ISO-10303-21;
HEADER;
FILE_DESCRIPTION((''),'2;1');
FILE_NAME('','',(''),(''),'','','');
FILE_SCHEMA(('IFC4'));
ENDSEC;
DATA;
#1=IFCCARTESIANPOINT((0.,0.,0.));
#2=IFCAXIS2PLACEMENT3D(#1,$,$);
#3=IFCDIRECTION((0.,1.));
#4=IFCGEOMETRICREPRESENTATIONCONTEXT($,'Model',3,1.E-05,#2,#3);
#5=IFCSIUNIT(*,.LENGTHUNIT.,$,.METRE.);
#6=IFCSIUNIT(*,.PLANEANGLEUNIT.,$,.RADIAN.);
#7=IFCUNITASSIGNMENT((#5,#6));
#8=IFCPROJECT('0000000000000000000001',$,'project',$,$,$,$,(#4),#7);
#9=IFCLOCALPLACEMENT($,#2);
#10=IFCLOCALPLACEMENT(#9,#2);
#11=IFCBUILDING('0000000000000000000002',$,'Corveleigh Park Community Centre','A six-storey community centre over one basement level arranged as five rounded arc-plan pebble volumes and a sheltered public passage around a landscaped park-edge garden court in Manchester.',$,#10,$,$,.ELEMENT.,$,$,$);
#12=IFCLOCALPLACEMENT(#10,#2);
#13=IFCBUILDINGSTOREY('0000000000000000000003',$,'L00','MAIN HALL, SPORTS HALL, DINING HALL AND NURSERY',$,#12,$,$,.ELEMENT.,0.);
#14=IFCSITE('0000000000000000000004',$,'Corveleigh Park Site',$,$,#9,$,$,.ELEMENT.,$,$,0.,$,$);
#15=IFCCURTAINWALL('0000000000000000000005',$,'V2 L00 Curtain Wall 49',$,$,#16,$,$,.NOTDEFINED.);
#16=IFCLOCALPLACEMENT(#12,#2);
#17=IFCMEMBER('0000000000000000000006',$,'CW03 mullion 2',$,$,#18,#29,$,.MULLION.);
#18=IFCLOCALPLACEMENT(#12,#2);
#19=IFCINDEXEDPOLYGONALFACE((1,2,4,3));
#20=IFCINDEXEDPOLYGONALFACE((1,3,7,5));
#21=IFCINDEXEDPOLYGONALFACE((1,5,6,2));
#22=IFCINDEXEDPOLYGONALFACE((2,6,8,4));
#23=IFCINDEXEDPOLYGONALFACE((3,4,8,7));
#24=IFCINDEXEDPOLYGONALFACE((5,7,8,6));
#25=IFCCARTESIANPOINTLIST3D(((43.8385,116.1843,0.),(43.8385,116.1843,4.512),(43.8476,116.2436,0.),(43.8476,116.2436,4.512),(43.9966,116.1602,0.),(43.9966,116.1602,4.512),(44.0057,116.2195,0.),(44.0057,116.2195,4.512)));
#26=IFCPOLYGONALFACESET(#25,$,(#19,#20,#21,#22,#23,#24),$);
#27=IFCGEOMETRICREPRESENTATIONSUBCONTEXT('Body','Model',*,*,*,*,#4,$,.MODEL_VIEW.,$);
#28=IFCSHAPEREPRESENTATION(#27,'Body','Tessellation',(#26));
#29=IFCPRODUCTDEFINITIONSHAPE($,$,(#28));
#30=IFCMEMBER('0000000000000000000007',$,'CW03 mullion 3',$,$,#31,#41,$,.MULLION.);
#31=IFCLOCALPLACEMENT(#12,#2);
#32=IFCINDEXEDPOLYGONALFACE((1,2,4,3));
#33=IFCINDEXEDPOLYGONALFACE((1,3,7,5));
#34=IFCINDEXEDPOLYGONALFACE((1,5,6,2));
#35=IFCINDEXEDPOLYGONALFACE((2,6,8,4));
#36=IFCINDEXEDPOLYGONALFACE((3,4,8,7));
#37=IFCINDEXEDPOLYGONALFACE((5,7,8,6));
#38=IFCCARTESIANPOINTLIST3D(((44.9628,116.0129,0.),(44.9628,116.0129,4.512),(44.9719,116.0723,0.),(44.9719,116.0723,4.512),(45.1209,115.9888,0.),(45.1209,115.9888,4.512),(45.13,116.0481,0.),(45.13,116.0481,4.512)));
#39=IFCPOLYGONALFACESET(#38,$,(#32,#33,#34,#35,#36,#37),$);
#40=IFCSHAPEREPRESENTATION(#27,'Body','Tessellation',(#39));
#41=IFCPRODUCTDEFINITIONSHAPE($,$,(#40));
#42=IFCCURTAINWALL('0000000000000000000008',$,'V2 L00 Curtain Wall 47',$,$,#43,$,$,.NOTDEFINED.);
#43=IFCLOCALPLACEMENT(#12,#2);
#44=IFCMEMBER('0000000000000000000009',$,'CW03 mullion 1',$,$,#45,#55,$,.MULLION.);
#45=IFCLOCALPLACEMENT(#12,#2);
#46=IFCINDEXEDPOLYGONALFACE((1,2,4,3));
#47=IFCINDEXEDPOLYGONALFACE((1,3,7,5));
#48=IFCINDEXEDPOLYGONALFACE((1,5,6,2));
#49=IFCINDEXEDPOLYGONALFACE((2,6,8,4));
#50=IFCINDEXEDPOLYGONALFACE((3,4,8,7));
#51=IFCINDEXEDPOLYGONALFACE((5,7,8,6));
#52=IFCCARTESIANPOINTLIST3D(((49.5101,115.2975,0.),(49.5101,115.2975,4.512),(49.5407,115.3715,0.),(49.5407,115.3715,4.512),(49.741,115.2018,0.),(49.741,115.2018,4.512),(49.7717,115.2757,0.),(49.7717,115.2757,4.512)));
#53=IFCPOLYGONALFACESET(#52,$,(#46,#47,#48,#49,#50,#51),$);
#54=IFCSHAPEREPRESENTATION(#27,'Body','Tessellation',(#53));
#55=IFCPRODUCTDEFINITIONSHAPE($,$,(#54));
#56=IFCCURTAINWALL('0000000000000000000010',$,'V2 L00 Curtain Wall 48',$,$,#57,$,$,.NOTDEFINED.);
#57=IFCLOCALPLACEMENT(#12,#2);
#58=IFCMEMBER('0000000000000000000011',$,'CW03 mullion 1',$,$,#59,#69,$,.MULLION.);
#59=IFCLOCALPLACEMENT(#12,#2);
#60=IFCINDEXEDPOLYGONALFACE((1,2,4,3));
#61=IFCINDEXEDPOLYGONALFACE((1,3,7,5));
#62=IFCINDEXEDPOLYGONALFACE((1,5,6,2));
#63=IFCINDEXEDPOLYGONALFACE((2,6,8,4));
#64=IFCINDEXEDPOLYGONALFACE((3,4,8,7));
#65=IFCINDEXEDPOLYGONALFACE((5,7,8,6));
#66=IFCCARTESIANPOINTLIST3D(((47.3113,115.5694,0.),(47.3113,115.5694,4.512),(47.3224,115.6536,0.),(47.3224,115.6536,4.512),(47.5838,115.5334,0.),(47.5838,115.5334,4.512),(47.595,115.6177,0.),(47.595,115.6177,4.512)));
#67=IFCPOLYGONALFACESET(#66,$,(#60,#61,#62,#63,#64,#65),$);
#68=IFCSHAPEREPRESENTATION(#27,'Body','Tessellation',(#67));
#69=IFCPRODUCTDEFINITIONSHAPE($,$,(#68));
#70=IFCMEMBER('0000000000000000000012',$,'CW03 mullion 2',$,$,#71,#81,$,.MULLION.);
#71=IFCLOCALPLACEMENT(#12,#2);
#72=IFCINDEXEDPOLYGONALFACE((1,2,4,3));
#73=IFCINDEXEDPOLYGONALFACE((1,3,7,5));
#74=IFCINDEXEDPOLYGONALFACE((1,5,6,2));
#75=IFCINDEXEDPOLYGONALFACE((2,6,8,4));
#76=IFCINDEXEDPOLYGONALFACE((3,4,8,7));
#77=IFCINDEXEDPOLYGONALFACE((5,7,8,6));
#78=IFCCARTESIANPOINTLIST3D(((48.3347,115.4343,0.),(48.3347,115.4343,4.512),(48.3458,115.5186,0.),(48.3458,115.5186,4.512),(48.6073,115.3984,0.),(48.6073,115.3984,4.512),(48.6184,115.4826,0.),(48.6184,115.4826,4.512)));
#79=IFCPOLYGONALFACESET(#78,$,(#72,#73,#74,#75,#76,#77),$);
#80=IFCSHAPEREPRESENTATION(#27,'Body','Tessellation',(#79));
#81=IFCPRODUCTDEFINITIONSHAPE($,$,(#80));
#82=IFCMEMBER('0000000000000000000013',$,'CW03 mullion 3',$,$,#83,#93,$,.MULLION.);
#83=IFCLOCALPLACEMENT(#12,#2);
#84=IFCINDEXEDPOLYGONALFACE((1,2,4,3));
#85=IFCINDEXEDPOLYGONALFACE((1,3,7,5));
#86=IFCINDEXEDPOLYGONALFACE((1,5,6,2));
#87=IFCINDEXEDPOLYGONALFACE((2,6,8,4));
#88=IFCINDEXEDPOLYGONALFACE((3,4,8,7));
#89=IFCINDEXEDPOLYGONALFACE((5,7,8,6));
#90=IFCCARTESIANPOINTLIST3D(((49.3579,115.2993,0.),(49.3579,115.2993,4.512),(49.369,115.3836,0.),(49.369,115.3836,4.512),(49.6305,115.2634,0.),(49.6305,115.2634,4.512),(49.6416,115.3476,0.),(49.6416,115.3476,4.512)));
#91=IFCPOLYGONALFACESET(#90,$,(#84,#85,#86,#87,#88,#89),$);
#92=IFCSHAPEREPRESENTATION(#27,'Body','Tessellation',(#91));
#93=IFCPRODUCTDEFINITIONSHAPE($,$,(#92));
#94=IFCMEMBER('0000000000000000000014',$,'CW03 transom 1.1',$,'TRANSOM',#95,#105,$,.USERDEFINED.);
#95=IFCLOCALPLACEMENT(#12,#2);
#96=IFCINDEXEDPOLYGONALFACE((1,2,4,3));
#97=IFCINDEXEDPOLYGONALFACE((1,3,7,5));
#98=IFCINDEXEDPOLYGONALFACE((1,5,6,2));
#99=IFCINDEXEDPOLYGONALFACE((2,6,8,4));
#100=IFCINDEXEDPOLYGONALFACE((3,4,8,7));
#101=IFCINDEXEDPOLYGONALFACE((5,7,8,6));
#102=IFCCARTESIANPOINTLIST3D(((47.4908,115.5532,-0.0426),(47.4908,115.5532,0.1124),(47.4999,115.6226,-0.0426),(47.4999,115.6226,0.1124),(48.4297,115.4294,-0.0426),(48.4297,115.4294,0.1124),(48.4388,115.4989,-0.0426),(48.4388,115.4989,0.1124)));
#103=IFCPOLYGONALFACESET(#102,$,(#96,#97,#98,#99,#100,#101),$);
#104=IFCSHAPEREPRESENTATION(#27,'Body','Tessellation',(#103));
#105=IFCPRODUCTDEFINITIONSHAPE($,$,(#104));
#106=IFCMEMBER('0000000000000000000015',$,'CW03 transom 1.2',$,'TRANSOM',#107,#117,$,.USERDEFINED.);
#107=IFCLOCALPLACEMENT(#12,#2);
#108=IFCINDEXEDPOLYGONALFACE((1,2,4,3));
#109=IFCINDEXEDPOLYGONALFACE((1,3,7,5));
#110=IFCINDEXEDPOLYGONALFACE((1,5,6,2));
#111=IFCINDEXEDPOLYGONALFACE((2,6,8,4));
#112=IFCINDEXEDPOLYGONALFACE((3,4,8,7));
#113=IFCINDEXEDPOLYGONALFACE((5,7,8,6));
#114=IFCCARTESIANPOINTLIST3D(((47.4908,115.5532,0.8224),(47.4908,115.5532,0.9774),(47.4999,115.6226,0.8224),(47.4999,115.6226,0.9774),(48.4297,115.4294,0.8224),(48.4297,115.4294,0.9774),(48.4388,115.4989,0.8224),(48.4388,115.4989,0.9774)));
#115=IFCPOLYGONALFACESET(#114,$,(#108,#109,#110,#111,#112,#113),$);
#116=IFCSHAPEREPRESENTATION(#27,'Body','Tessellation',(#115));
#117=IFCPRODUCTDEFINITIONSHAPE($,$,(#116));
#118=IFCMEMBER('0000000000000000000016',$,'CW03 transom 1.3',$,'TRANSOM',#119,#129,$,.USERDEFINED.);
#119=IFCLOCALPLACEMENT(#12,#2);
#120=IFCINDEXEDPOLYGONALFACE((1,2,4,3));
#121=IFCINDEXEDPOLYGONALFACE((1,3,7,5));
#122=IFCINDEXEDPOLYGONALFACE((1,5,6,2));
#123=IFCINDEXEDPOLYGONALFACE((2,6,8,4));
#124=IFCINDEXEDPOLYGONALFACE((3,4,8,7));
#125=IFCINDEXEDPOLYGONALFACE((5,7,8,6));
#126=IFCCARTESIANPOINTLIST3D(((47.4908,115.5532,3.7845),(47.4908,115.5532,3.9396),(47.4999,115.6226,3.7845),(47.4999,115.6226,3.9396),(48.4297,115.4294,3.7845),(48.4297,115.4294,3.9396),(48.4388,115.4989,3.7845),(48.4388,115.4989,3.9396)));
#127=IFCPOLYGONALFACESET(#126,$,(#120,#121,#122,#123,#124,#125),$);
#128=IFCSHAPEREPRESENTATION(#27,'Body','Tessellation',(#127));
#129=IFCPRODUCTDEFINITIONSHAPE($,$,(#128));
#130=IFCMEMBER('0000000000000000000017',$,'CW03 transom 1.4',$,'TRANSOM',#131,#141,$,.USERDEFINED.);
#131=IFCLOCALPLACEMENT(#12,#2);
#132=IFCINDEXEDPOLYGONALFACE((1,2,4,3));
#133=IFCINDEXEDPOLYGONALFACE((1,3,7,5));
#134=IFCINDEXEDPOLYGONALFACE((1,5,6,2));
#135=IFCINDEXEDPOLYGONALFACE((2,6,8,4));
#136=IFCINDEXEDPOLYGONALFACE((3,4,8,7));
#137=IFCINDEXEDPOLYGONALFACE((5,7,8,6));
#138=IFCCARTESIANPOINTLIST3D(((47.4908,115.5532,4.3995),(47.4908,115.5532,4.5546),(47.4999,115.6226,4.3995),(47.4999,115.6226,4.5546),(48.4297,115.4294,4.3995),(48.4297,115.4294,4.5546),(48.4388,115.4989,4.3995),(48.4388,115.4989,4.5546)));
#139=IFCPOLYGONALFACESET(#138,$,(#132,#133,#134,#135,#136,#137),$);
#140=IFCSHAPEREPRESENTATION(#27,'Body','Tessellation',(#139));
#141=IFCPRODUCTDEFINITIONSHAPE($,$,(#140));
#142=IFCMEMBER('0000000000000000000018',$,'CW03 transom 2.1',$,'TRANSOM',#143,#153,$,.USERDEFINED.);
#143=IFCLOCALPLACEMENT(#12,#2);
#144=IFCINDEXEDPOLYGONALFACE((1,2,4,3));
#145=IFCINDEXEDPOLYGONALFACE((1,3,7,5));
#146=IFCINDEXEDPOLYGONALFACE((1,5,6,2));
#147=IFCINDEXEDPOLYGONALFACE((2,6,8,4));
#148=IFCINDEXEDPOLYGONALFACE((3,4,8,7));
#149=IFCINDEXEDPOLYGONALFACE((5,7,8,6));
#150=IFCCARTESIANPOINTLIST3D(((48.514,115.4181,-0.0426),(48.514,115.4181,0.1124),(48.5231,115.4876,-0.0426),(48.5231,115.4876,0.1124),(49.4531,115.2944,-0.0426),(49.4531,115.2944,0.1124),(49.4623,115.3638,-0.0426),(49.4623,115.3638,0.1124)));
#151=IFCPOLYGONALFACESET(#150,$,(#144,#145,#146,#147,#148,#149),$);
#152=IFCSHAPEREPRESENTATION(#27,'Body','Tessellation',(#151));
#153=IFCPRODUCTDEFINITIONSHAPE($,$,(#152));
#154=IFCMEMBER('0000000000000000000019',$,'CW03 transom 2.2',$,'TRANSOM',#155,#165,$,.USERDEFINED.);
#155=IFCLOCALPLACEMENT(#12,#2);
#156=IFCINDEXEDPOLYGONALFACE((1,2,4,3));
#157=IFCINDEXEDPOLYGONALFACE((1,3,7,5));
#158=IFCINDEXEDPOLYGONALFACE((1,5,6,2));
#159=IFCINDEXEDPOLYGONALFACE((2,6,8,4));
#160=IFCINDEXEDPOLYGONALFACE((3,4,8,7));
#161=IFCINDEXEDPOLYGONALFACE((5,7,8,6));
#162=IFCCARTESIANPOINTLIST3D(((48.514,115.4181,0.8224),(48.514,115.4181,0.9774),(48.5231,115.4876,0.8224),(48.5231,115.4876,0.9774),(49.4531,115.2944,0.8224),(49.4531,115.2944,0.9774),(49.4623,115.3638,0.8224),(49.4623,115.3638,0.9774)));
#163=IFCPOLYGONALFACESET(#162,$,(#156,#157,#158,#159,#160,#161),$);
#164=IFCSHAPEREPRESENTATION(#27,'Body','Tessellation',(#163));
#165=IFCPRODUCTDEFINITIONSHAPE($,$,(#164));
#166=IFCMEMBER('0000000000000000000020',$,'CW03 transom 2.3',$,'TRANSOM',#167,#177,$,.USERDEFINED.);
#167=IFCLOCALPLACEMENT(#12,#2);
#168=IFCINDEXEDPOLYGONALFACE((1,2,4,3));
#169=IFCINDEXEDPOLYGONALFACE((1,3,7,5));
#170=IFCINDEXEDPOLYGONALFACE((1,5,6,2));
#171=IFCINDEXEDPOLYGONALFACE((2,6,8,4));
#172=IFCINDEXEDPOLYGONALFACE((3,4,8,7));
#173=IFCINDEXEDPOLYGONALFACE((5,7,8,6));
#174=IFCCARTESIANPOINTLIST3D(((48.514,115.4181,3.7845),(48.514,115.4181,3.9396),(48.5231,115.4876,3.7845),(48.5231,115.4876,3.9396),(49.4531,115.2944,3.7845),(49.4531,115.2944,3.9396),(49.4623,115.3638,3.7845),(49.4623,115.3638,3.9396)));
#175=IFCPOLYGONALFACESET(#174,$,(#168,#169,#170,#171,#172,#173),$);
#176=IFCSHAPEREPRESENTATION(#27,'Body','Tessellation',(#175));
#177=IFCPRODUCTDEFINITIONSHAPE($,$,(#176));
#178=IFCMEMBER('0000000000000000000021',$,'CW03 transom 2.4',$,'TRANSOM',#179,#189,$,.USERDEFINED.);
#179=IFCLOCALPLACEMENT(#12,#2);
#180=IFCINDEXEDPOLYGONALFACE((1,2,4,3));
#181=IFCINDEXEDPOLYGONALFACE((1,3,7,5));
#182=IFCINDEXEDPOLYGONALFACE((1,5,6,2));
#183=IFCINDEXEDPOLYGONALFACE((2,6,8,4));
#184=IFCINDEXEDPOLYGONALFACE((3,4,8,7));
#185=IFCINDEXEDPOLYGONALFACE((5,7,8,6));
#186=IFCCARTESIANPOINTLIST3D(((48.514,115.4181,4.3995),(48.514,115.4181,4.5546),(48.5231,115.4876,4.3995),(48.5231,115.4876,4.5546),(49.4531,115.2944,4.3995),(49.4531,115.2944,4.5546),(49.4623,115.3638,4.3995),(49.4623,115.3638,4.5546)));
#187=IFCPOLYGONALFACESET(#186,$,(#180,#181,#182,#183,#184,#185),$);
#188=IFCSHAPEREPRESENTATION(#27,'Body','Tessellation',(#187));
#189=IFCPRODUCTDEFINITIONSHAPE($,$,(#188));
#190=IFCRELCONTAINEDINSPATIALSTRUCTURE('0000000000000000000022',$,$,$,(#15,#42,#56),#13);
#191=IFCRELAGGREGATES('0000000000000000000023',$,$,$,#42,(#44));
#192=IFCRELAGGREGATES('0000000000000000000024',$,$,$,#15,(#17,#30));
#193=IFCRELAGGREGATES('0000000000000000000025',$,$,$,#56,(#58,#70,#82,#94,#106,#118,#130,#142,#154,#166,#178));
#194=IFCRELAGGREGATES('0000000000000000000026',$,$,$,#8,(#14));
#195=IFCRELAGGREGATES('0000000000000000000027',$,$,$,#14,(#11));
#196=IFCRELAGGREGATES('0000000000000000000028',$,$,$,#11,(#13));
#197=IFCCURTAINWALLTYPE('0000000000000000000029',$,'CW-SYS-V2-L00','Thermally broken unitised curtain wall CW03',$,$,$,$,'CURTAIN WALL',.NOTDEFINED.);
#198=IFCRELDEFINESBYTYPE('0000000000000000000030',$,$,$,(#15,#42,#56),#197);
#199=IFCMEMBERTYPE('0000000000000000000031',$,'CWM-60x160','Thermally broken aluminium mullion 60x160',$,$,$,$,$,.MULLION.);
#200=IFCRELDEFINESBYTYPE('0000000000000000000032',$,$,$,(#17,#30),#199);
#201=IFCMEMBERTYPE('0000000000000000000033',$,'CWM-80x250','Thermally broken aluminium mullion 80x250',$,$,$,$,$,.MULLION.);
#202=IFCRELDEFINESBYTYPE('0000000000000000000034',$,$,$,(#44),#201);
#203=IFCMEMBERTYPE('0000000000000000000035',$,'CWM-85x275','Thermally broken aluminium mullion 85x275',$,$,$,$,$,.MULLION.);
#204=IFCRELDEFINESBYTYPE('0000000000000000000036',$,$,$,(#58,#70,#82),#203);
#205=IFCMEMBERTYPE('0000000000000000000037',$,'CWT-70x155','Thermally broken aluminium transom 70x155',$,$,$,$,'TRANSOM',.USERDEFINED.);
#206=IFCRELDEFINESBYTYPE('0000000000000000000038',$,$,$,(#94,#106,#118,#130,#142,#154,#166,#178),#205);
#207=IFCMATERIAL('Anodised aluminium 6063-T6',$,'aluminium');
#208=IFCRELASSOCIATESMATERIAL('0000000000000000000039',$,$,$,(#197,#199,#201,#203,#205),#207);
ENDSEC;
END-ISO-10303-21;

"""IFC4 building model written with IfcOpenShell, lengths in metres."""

from ifc_helpers import new_model, si_unit, direction, frame, origin, origin_2d, place, context, subcontext, project, spatial, rectangle, extrude, material, material_profile, profile_set, type_object, element, aggregate, save


model = new_model("IFC4")

# Units and contexts
model_context = context("Model", 3, precision=1e-05, world=origin(), true_north=direction((0.0, 1.0)))
body_context = subcontext(model_context, "Body", "Model", "MODEL_VIEW")
ifc_project = project(units=[si_unit("LENGTHUNIT", "METRE"), si_unit("PLANEANGLEUNIT", "RADIAN")], contexts=[model_context])

# Site, building, storey
site_placement = place(None, origin())
site = spatial("IfcSite", under=ifc_project, at=site_placement, Name="Corveleigh Park Site", CompositionType="ELEMENT", RefElevation=0.0)
building_placement = place(site_placement, origin())
building = spatial("IfcBuilding", under=site, at=building_placement, Name="Corveleigh Park Community Centre", Description="A six-storey community centre over one basement level arranged as five rounded arc-plan pebble volumes and a sheltered public passage around a landscaped park-edge garden court in Manchester.", CompositionType="ELEMENT")
storey_placement = place(building_placement, origin())
storey = spatial("IfcBuildingStorey", under=building, at=storey_placement, Name="L00", Description="MAIN HALL, SPORTS HALL, DINING HALL AND NURSERY", CompositionType="ELEMENT", Elevation=0.0)

# Curtain wall, members
ifc_material_1 = material(Name="Anodised aluminium 6063-T6", Category="aluminium")
curtain_wall_type = type_object("IfcCurtainWallType", Name="CW-SYS-V2-L00", Description="Thermally broken unitised curtain wall CW03", ElementType="CURTAIN WALL", PredefinedType="NOTDEFINED", material=ifc_material_1)
curtain_wall_1_placement = place(storey_placement, origin())
curtain_wall_1 = element("IfcCurtainWall", 1, at=curtain_wall_1_placement, inside=storey, type_object=curtain_wall_type, Name="V2 L00 Curtain Wall 49", PredefinedType="NOTDEFINED")
ifc_material_profile_1 = material_profile(ifc_material_1, rectangle(XDim=0.0601, YDim=0.1599, at=origin_2d()), Name="ALU-M60x160", Category="aluminium")
ifc_profile_set_1 = profile_set([ifc_material_profile_1], Name="Anodised aluminium 6063-T6")
member_type_1 = type_object("IfcMemberType", Name="CWM-60x160", Description="Thermally broken aluminium mullion 60x160", PredefinedType="MULLION", material=ifc_profile_set_1)
member_1_placement = place(storey_placement, frame((43.9221, 116.2019, 0.0), z_axis=(0.0, 0.0, 1.0), x_axis=(0.15077, 0.988569, 0.0)))
member_1 = element("IfcMember", 2, at=member_1_placement, type_object=member_type_1, Name="CW03 mullion 2", PredefinedType="MULLION", context=body_context, shape_type="SweptSolid", body=[
    extrude(rectangle(XDim=0.0601, YDim=0.1599, at=origin_2d()), origin(), (0.0, 0.0, 1.0), 4.512),
])
member_2_placement = place(storey_placement, frame((45.0464, 116.0305, 0.0), z_axis=(0.0, 0.0, 1.0), x_axis=(0.15077, 0.988569, 0.0)))
member_2 = element("IfcMember", 3, at=member_2_placement, type_object=member_type_1, Name="CW03 mullion 3", PredefinedType="MULLION", context=body_context, shape_type="SweptSolid", body=[
    extrude(rectangle(XDim=0.0601, YDim=0.1599, at=origin_2d()), origin(), (0.0, 0.0, 1.0), 4.512),
])

# Curtain wall, member
curtain_wall_2_placement = place(storey_placement, origin())
curtain_wall_2 = element("IfcCurtainWall", 4, at=curtain_wall_2_placement, inside=storey, type_object=curtain_wall_type, Name="V2 L00 Curtain Wall 47", PredefinedType="NOTDEFINED")
ifc_material_profile_2 = material_profile(ifc_material_1, rectangle(XDim=0.0801, YDim=0.25, at=origin_2d()), Name="ALU-M80x250", Category="aluminium")
ifc_profile_set_2 = profile_set([ifc_material_profile_2], Name="Anodised aluminium 6063-T6")
member_type_2 = type_object("IfcMemberType", Name="CWM-80x250", Description="Thermally broken aluminium mullion 80x250", PredefinedType="MULLION", material=ifc_profile_set_2)
member_3_placement = place(storey_placement, frame((49.6409, 115.2866, 0.0), z_axis=(0.0, 0.0, 1.0), x_axis=(0.382947, 0.92377, 0.0)))
member_3 = element("IfcMember", 5, at=member_3_placement, type_object=member_type_2, Name="CW03 mullion 1", PredefinedType="MULLION", context=body_context, shape_type="SweptSolid", body=[
    extrude(rectangle(XDim=0.0801, YDim=0.25, at=origin_2d()), origin(), (0.0, 0.0, 1.0), 4.512),
])
aggregate(curtain_wall_2, [member_3])

# Curtain wall, members
curtain_wall_3_placement = place(storey_placement, origin())
curtain_wall_3 = element("IfcCurtainWall", 6, at=curtain_wall_3_placement, inside=storey, type_object=curtain_wall_type, Name="V2 L00 Curtain Wall 48", PredefinedType="NOTDEFINED")
ifc_material_profile_3 = material_profile(ifc_material_1, rectangle(XDim=0.085, YDim=0.2749, at=origin_2d()), Name="ALU-M85x275", Category="aluminium")
ifc_profile_set_3 = profile_set([ifc_material_profile_3], Name="Anodised aluminium 6063-T6")
member_type_3 = type_object("IfcMemberType", Name="CWM-85x275", Description="Thermally broken aluminium mullion 85x275", PredefinedType="MULLION", material=ifc_profile_set_3)
member_4_placement = place(storey_placement, frame((47.4531, 115.5935, 0.0), z_axis=(0.0, 0.0, 1.0), x_axis=(0.130731, 0.991418, 0.0)))
member_4 = element("IfcMember", 7, at=member_4_placement, type_object=member_type_3, Name="CW03 mullion 1", PredefinedType="MULLION", context=body_context, shape_type="SweptSolid", body=[
    extrude(rectangle(XDim=0.085, YDim=0.2749, at=origin_2d()), origin(), (0.0, 0.0, 1.0), 4.512),
])
member_5_placement = place(storey_placement, frame((48.4766, 115.4585, 0.0), z_axis=(0.0, 0.0, 1.0), x_axis=(0.130731, 0.991418, 0.0)))
member_5 = element("IfcMember", 8, at=member_5_placement, type_object=member_type_3, Name="CW03 mullion 2", PredefinedType="MULLION", context=body_context, shape_type="SweptSolid", body=[
    extrude(rectangle(XDim=0.085, YDim=0.2749, at=origin_2d()), origin(), (0.0, 0.0, 1.0), 4.512),
])
member_6_placement = place(storey_placement, frame((49.4998, 115.3235, 0.0), z_axis=(0.0, 0.0, 1.0), x_axis=(0.130731, 0.991418, 0.0)))
member_6 = element("IfcMember", 9, at=member_6_placement, type_object=member_type_3, Name="CW03 mullion 3", PredefinedType="MULLION", context=body_context, shape_type="SweptSolid", body=[
    extrude(rectangle(XDim=0.085, YDim=0.2749, at=origin_2d()), origin(), (0.0, 0.0, 1.0), 4.512),
])
ifc_material_profile_4 = material_profile(ifc_material_1, rectangle(XDim=0.0701, YDim=0.155, at=origin_2d()), Name="ALU-T70x155", Category="aluminium")
ifc_profile_set_4 = profile_set([ifc_material_profile_4], Name="Anodised aluminium 6063-T6")
member_type_4 = type_object("IfcMemberType", Name="CWT-70x155", Description="Thermally broken aluminium transom 70x155", ElementType="TRANSOM", PredefinedType="USERDEFINED", material=ifc_profile_set_4)
member_7_placement = place(storey_placement, frame((47.4954, 115.5879, 0.0349), z_axis=(0.991423, -0.130695, 0.0), x_axis=(0.130695, 0.991423, 0.0)))
member_7 = element("IfcMember", 10, at=member_7_placement, type_object=member_type_4, Name="CW03 transom 1.1", ObjectType="TRANSOM", PredefinedType="USERDEFINED", context=body_context, shape_type="SweptSolid", body=[
    extrude(rectangle(XDim=0.0701, YDim=0.155, at=origin_2d()), origin(), (0.0, 0.0, 1.0), 0.947),
])
member_8_placement = place(storey_placement, frame((47.4954, 115.5879, 0.8999), z_axis=(0.991423, -0.130695, 0.0), x_axis=(0.130695, 0.991423, 0.0)))
member_8 = element("IfcMember", 11, at=member_8_placement, type_object=member_type_4, Name="CW03 transom 1.2", ObjectType="TRANSOM", PredefinedType="USERDEFINED", context=body_context, shape_type="SweptSolid", body=[
    extrude(rectangle(XDim=0.0701, YDim=0.155, at=origin_2d()), origin(), (0.0, 0.0, 1.0), 0.947),
])
member_9_placement = place(storey_placement, frame((47.4954, 115.5879, 3.8621), z_axis=(0.991423, -0.130695, 0.0), x_axis=(0.130695, 0.991423, 0.0)))
member_9 = element("IfcMember", 12, at=member_9_placement, type_object=member_type_4, Name="CW03 transom 1.3", ObjectType="TRANSOM", PredefinedType="USERDEFINED", context=body_context, shape_type="SweptSolid", body=[
    extrude(rectangle(XDim=0.0701, YDim=0.155, at=origin_2d()), origin(), (0.0, 0.0, 1.0), 0.947),
])
member_10_placement = place(storey_placement, frame((47.4954, 115.5879, 4.4771), z_axis=(0.991423, -0.130695, 0.0), x_axis=(0.130695, 0.991423, 0.0)))
member_10 = element("IfcMember", 13, at=member_10_placement, type_object=member_type_4, Name="CW03 transom 1.4", ObjectType="TRANSOM", PredefinedType="USERDEFINED", context=body_context, shape_type="SweptSolid", body=[
    extrude(rectangle(XDim=0.0701, YDim=0.155, at=origin_2d()), origin(), (0.0, 0.0, 1.0), 0.947),
])
member_11_placement = place(storey_placement, frame((48.5186, 115.4529, 0.0349), z_axis=(0.991427, -0.130661, 0.0), x_axis=(0.130661, 0.991427, 0.0)))
member_11 = element("IfcMember", 14, at=member_11_placement, type_object=member_type_4, Name="CW03 transom 2.1", ObjectType="TRANSOM", PredefinedType="USERDEFINED", context=body_context, shape_type="SweptSolid", body=[
    extrude(rectangle(XDim=0.0701, YDim=0.155, at=origin_2d()), origin(), (0.0, 0.0, 1.0), 0.9473),
])
member_12_placement = place(storey_placement, frame((48.5186, 115.4529, 0.8999), z_axis=(0.991427, -0.130661, 0.0), x_axis=(0.130661, 0.991427, 0.0)))
member_12 = element("IfcMember", 15, at=member_12_placement, type_object=member_type_4, Name="CW03 transom 2.2", ObjectType="TRANSOM", PredefinedType="USERDEFINED", context=body_context, shape_type="SweptSolid", body=[
    extrude(rectangle(XDim=0.0701, YDim=0.155, at=origin_2d()), origin(), (0.0, 0.0, 1.0), 0.9473),
])
member_13_placement = place(storey_placement, frame((48.5186, 115.4529, 3.8621), z_axis=(0.991427, -0.130661, 0.0), x_axis=(0.130661, 0.991427, 0.0)))
member_13 = element("IfcMember", 16, at=member_13_placement, type_object=member_type_4, Name="CW03 transom 2.3", ObjectType="TRANSOM", PredefinedType="USERDEFINED", context=body_context, shape_type="SweptSolid", body=[
    extrude(rectangle(XDim=0.0701, YDim=0.155, at=origin_2d()), origin(), (0.0, 0.0, 1.0), 0.9473),
])
member_14_placement = place(storey_placement, frame((48.5186, 115.4529, 4.4771), z_axis=(0.991427, -0.130661, 0.0), x_axis=(0.130661, 0.991427, 0.0)))
member_14 = element("IfcMember", 17, at=member_14_placement, type_object=member_type_4, Name="CW03 transom 2.4", ObjectType="TRANSOM", PredefinedType="USERDEFINED", context=body_context, shape_type="SweptSolid", body=[
    extrude(rectangle(XDim=0.0701, YDim=0.155, at=origin_2d()), origin(), (0.0, 0.0, 1.0), 0.9473),
])

aggregate(curtain_wall_1, [member_1, member_2])
aggregate(curtain_wall_3, [member_4, member_5, member_6, member_7, member_8, member_9, member_10, member_11, member_12, member_13, member_14])

save(model, "model.ifc")
